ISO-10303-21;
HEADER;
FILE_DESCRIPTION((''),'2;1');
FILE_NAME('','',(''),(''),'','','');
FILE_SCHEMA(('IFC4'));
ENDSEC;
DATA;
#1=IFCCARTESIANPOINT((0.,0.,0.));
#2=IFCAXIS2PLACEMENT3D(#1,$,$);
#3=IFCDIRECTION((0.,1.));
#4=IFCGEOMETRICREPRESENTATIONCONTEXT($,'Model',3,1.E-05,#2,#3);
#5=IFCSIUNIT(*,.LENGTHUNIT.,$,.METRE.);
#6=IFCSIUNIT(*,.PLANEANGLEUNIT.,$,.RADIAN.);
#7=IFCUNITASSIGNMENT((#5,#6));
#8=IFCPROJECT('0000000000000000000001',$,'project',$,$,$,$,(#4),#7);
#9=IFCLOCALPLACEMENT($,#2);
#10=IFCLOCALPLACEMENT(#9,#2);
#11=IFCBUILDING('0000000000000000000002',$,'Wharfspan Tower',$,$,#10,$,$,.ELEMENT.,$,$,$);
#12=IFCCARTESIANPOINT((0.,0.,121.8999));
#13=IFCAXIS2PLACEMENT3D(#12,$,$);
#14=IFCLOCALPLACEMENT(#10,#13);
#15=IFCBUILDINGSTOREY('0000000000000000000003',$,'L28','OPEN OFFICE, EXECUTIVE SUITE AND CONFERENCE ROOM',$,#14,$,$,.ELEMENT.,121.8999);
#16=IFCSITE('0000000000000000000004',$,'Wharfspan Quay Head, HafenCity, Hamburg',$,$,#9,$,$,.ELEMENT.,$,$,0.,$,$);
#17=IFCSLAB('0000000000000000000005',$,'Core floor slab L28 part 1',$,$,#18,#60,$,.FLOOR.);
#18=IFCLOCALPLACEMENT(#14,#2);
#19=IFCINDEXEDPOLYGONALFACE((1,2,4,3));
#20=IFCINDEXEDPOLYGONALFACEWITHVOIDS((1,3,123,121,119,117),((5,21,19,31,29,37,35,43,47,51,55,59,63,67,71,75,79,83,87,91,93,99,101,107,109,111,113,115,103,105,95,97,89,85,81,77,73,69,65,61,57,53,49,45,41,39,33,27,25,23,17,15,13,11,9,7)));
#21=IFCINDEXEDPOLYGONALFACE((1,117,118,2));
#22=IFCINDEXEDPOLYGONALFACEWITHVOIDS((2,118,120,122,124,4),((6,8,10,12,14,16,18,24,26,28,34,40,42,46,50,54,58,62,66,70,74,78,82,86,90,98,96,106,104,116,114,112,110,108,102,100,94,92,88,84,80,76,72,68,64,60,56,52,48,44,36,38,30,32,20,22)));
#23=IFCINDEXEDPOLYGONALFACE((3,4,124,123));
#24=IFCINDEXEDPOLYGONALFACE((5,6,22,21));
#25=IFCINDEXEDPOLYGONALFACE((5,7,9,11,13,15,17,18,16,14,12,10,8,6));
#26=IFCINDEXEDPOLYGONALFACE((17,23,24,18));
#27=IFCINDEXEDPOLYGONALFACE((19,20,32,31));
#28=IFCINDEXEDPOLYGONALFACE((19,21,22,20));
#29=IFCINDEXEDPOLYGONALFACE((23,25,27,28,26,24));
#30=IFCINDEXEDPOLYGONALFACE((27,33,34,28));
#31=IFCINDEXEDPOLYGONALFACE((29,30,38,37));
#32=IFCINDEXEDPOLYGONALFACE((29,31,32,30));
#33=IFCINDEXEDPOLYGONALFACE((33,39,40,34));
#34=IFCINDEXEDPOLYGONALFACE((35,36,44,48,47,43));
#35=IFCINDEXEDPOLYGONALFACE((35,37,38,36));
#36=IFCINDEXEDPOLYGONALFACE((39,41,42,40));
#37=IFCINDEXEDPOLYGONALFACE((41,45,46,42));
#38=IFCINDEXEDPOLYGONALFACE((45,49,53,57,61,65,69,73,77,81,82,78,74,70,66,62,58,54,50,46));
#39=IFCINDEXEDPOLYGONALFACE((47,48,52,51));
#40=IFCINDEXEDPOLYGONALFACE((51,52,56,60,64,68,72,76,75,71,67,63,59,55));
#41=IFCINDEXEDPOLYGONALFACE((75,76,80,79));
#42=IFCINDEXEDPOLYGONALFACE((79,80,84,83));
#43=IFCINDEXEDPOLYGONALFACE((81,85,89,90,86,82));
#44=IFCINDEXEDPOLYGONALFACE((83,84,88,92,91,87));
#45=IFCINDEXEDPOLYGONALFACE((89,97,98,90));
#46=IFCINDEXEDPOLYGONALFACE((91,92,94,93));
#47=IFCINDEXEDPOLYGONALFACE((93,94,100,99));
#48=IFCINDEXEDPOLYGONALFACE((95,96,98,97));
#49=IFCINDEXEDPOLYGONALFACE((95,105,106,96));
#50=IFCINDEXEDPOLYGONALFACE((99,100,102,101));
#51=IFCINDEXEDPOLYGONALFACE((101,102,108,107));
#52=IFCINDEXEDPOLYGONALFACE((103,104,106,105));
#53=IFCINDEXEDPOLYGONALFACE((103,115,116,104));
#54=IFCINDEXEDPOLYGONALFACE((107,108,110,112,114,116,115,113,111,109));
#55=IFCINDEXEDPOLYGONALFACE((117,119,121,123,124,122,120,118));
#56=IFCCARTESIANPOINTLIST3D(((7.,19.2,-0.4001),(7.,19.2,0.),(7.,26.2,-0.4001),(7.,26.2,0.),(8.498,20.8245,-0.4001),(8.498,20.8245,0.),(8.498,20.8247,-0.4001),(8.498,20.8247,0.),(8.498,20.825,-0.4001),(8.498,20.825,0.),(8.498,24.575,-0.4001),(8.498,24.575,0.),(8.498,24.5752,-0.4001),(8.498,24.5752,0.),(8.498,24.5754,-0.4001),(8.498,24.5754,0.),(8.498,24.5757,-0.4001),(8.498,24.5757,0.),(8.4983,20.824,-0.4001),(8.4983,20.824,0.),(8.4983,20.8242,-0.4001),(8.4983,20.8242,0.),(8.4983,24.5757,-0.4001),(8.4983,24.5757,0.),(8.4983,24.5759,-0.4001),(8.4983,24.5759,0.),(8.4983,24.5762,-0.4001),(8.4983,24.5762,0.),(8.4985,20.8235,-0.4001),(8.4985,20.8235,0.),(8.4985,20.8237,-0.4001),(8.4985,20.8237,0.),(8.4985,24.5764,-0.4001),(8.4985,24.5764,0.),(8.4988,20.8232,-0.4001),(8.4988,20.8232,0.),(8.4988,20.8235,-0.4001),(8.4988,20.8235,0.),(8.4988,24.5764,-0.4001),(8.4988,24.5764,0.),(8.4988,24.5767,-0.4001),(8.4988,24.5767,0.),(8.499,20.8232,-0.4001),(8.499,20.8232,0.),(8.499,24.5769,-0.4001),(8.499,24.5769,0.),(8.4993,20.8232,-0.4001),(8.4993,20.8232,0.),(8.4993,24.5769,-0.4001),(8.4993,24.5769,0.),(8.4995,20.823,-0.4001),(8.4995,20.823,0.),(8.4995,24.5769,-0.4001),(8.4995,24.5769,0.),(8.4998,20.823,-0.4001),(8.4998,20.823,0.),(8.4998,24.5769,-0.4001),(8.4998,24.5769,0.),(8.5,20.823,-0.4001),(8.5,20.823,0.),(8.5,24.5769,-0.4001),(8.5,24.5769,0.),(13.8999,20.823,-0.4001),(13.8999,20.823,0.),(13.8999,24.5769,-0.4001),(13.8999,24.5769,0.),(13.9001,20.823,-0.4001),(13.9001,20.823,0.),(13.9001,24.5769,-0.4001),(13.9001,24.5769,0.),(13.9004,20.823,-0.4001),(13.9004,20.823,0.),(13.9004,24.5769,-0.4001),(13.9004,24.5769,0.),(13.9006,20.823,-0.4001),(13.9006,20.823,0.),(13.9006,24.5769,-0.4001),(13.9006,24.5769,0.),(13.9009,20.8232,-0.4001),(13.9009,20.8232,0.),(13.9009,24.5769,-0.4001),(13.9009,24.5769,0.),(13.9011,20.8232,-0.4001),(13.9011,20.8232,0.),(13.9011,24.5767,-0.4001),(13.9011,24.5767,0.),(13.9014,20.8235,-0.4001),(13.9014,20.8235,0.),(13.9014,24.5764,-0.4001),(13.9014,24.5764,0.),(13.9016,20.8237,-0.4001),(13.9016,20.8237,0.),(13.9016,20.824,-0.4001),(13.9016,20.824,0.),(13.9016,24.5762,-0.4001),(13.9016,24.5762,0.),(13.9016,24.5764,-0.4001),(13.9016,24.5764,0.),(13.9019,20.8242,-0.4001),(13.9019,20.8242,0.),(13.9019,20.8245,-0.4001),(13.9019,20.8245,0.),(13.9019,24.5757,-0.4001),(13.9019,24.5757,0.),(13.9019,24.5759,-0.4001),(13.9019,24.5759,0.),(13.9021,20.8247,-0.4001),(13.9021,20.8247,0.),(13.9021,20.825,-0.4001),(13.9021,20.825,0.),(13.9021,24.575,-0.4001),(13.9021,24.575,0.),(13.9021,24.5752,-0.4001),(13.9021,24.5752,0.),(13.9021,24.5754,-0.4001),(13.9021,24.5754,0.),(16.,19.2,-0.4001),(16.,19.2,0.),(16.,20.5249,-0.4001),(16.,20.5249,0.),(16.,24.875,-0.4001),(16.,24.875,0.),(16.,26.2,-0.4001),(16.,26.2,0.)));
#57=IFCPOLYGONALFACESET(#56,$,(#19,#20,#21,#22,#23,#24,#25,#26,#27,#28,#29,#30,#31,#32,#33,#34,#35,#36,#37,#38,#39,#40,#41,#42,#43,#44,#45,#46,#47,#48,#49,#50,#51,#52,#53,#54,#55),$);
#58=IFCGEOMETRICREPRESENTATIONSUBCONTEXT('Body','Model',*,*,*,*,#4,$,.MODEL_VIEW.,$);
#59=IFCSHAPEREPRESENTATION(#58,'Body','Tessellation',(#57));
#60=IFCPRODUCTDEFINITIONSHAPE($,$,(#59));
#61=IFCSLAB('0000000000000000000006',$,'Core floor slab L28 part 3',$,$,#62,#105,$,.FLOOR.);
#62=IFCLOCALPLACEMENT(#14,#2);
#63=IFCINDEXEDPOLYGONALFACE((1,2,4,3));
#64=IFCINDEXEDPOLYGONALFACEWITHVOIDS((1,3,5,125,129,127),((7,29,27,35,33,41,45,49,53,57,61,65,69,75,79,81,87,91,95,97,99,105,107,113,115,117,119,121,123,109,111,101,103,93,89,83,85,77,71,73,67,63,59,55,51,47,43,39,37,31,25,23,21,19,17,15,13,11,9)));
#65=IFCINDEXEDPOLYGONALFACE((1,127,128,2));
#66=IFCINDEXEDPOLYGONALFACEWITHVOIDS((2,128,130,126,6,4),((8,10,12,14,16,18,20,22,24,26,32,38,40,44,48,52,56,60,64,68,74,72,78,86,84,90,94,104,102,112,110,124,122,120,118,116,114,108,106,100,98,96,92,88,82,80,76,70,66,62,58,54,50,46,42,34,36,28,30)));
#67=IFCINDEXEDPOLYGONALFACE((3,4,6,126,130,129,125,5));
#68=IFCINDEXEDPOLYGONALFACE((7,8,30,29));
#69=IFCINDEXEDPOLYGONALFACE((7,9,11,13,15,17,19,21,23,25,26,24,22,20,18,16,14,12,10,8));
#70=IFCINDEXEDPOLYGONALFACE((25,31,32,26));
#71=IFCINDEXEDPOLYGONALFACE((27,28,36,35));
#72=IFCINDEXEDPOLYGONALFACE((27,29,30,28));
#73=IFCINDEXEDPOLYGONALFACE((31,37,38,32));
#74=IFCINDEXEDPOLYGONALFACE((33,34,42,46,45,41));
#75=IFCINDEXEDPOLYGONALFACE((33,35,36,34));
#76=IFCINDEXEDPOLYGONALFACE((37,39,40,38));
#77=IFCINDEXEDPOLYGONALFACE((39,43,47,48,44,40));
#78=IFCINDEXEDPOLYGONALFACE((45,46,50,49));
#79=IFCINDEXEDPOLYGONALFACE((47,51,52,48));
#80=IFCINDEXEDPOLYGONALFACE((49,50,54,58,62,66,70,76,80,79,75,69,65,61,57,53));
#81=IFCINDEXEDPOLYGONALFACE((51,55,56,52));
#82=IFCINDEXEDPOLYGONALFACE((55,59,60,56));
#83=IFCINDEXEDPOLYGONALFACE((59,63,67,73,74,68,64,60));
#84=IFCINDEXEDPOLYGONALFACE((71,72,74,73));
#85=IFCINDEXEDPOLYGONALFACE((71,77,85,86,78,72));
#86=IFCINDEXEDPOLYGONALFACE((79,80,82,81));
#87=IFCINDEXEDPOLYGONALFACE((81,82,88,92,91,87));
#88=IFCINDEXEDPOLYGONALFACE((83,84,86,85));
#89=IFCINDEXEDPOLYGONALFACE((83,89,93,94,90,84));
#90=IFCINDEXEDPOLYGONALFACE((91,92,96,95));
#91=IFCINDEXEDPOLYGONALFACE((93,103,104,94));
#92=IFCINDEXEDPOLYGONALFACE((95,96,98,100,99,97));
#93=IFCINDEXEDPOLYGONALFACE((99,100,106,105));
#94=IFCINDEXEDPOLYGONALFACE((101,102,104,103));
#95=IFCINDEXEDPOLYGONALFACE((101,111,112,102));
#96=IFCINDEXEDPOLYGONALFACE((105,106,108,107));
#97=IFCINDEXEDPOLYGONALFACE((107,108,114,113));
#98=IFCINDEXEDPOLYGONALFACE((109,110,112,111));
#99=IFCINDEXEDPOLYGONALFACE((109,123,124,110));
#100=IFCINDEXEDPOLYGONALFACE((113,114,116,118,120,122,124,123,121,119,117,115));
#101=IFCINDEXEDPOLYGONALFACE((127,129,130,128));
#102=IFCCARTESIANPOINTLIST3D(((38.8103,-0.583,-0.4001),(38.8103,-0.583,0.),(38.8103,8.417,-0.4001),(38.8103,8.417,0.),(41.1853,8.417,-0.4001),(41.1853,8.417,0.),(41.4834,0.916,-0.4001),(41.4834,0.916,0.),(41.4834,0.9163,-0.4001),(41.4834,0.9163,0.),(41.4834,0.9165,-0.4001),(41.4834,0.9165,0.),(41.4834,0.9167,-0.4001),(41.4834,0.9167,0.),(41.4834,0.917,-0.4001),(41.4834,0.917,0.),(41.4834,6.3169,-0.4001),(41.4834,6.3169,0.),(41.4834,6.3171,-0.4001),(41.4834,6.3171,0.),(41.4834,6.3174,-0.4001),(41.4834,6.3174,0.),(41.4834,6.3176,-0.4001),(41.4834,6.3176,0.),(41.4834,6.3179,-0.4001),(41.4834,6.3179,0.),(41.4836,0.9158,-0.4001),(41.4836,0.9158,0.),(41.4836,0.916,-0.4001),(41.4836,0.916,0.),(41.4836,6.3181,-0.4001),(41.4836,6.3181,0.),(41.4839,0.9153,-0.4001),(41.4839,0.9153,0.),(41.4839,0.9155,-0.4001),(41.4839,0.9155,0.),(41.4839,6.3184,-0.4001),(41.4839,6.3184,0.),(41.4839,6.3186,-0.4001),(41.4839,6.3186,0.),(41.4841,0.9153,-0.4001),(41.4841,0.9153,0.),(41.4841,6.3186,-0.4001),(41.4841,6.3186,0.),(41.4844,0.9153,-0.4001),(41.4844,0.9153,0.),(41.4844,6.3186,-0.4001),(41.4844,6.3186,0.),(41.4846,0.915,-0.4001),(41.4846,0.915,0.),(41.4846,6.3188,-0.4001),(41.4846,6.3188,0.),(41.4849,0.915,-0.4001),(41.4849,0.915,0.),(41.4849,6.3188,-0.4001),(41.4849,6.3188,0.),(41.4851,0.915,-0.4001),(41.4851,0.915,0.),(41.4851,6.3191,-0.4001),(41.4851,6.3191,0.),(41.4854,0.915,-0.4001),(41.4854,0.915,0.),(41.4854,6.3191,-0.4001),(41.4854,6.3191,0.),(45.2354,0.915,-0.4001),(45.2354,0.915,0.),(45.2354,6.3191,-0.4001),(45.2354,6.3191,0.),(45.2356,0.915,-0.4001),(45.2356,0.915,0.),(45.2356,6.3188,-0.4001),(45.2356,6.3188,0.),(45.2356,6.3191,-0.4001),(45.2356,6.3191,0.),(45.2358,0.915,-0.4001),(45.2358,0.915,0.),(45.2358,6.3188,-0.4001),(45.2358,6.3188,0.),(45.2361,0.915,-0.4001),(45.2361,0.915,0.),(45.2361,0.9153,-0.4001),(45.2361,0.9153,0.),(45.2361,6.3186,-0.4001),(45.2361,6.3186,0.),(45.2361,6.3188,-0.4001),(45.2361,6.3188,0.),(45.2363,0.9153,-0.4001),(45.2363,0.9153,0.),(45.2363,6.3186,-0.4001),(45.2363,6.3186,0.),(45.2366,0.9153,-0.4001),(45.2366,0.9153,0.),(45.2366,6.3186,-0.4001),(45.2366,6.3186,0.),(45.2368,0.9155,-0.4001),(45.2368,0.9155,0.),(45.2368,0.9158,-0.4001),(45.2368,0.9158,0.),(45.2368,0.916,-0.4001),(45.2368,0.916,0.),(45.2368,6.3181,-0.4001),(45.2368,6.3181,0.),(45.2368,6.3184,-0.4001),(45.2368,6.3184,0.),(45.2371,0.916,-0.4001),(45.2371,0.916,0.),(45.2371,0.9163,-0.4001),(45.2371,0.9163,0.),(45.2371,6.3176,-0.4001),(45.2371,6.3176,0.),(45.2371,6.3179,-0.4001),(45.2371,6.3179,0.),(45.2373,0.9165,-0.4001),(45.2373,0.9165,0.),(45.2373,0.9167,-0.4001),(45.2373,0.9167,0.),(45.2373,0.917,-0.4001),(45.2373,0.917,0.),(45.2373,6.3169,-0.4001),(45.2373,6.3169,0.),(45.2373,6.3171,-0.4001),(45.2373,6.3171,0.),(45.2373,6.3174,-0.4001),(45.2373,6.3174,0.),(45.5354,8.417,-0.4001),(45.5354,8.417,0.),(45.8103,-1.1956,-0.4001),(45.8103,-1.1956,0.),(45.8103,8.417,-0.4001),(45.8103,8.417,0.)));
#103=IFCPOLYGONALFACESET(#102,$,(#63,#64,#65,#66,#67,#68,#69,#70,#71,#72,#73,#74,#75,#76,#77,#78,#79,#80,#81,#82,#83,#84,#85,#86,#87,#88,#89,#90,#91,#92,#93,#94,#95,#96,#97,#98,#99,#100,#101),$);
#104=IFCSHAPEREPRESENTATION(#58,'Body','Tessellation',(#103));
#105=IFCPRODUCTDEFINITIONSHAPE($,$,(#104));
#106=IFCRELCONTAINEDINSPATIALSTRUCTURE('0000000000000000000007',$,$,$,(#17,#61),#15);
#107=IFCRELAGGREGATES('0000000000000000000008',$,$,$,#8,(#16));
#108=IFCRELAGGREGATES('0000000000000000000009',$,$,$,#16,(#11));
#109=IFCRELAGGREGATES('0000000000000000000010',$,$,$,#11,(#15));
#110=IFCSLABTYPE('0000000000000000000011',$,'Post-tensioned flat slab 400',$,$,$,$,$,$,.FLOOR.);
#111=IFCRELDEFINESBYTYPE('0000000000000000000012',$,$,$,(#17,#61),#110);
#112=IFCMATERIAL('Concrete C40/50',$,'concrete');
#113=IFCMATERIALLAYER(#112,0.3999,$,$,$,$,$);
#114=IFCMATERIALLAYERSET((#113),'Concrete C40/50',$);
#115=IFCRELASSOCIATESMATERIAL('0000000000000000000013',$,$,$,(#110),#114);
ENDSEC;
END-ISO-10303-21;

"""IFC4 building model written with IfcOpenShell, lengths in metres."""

from ifc_helpers import new_model, si_unit, direction, frame, origin, place, context, subcontext, project, spatial, polyline, outline, extrude, material, layer, layer_set, type_object, element, save


model = new_model("IFC4")

# Units and contexts
model_context = context("Model", 3, precision=1e-05, world=origin(), true_north=direction((0.0, 1.0)))
body_context = subcontext(model_context, "Body", "Model", "MODEL_VIEW")
ifc_project = project(units=[si_unit("LENGTHUNIT", "METRE"), si_unit("PLANEANGLEUNIT", "RADIAN")], contexts=[model_context])

# Site, building, storey
site_placement = place(None, origin())
site = spatial("IfcSite", under=ifc_project, at=site_placement, Name="Wharfspan Quay Head, HafenCity, Hamburg", CompositionType="ELEMENT", RefElevation=0.0)
building_placement = place(site_placement, origin())
building = spatial("IfcBuilding", under=site, at=building_placement, Name="Wharfspan Tower", CompositionType="ELEMENT")
storey_placement = place(building_placement, frame((0.0, 0.0, 121.8999)))
storey = spatial("IfcBuildingStorey", under=building, at=storey_placement, Name="L28", Description="OPEN OFFICE, EXECUTIVE SUITE AND CONFERENCE ROOM", CompositionType="ELEMENT", Elevation=121.8999)

# Slabs
ifc_material_1 = material(Name="Concrete C40/50", Category="concrete")
ifc_layer_1 = layer(ifc_material_1, 0.3999)
ifc_layer_set_1 = layer_set([ifc_layer_1], Name="Concrete C40/50")
slab_type = type_object("IfcSlabType", Name="Post-tensioned flat slab 400", PredefinedType="FLOOR", material=ifc_layer_set_1)
slab_1_placement = place(storey_placement, frame((0.0, 0.0, -0.4001)))
element("IfcSlab", 1, at=slab_1_placement, inside=storey, type_object=slab_type, Name="Core floor slab L28 part 1", PredefinedType="FLOOR", context=body_context, shape_type="SweptSolid", body=[
    extrude(outline(polyline([(16.0, 20.5249), (16.0, 24.875), (16.0, 26.2), (7.0, 26.2), (7.0, 19.2), (16.0, 19.2), (16.0, 20.5249)]), holes=[polyline([(13.9021, 20.825), (13.9021, 20.8247), (13.9021, 20.8247), (13.9019, 20.8245), (13.9019, 20.8242), (13.9019, 20.8242), (13.9016, 20.824), (13.9016, 20.8237), (13.9014, 20.8235), (13.9014, 20.8235), (13.9011, 20.8232), (13.9009, 20.8232), (13.9009, 20.8232), (13.9006, 20.823), (13.9004, 20.823), (13.9001, 20.823), (13.8999, 20.823), (8.5, 20.823), (8.4998, 20.823), (8.4995, 20.823), (8.4995, 20.823), (8.4993, 20.8232), (8.499, 20.8232), (8.4988, 20.8232), (8.4988, 20.8235), (8.4985, 20.8235), (8.4985, 20.8237), (8.4983, 20.824), (8.4983, 20.8242), (8.4983, 20.8242), (8.498, 20.8245), (8.498, 20.8247), (8.498, 20.8247), (8.498, 20.825), (8.498, 24.575), (8.498, 24.5752), (8.498, 24.5754), (8.498, 24.5757), (8.4983, 24.5757), (8.4983, 24.5759), (8.4983, 24.5762), (8.4985, 24.5764), (8.4985, 24.5764), (8.4988, 24.5764), (8.4988, 24.5767), (8.499, 24.5769), (8.4993, 24.5769), (8.4995, 24.5769), (8.4995, 24.5769), (8.4998, 24.5769), (8.5, 24.5769), (13.8999, 24.5769), (13.9001, 24.5769), (13.9004, 24.5769), (13.9006, 24.5769), (13.9009, 24.5769), (13.9009, 24.5769), (13.9011, 24.5767), (13.9014, 24.5764), (13.9014, 24.5764), (13.9016, 24.5764), (13.9016, 24.5762), (13.9019, 24.5759), (13.9019, 24.5757), (13.9019, 24.5757), (13.9021, 24.5754), (13.9021, 24.5752), (13.9021, 24.575), (13.9021, 20.825)])]), origin(), (0.0, 0.0, 1.0), 0.4001),
])
slab_2_placement = place(storey_placement, frame((0.0, 0.0, -0.4001)))
element("IfcSlab", 2, at=slab_2_placement, inside=storey, type_object=slab_type, Name="Core floor slab L28 part 3", PredefinedType="FLOOR", context=body_context, shape_type="SweptSolid", body=[
    extrude(outline(polyline([(45.5354, 8.417), (41.1853, 8.417), (38.8103, 8.417), (38.8103, -0.583), (45.8103, -1.1956), (45.8103, 8.417), (45.5354, 8.417)]), holes=[polyline([(41.4834, 6.3169), (41.4834, 6.3171), (41.4834, 6.3174), (41.4834, 6.3174), (41.4834, 6.3176), (41.4834, 6.3179), (41.4836, 6.3181), (41.4836, 6.3181), (41.4839, 6.3184), (41.4839, 6.3186), (41.4841, 6.3186), (41.4844, 6.3186), (41.4846, 6.3188), (41.4846, 6.3188), (41.4849, 6.3188), (41.4851, 6.3191), (41.4854, 6.3191), (45.2354, 6.3191), (45.2356, 6.3191), (45.2356, 6.3188), (45.2358, 6.3188), (45.2361, 6.3188), (45.2361, 6.3186), (45.2363, 6.3186), (45.2366, 6.3186), (45.2368, 6.3184), (45.2368, 6.3181), (45.2368, 6.3181), (45.2371, 6.3179), (45.2371, 6.3176), (45.2373, 6.3174), (45.2373, 6.3174), (45.2373, 6.3171), (45.2373, 6.3169), (45.2373, 0.917), (45.2373, 0.9167), (45.2373, 0.9165), (45.2373, 0.9165), (45.2371, 0.9163), (45.2371, 0.916), (45.2368, 0.916), (45.2368, 0.9158), (45.2368, 0.9155), (45.2366, 0.9153), (45.2363, 0.9153), (45.2361, 0.9153), (45.2361, 0.915), (45.2358, 0.915), (45.2356, 0.915), (45.2356, 0.915), (45.2354, 0.915), (41.4854, 0.915), (41.4851, 0.915), (41.4849, 0.915), (41.4846, 0.915), (41.4846, 0.915), (41.4844, 0.9153), (41.4841, 0.9153), (41.4839, 0.9153), (41.4839, 0.9155), (41.4836, 0.9158), (41.4836, 0.916), (41.4834, 0.916), (41.4834, 0.9163), (41.4834, 0.9165), (41.4834, 0.9165), (41.4834, 0.9167), (41.4834, 0.917), (41.4834, 6.3169)])]), origin(), (0.0, 0.0, 1.0), 0.4001),
])

save(model, "model.ifc")
